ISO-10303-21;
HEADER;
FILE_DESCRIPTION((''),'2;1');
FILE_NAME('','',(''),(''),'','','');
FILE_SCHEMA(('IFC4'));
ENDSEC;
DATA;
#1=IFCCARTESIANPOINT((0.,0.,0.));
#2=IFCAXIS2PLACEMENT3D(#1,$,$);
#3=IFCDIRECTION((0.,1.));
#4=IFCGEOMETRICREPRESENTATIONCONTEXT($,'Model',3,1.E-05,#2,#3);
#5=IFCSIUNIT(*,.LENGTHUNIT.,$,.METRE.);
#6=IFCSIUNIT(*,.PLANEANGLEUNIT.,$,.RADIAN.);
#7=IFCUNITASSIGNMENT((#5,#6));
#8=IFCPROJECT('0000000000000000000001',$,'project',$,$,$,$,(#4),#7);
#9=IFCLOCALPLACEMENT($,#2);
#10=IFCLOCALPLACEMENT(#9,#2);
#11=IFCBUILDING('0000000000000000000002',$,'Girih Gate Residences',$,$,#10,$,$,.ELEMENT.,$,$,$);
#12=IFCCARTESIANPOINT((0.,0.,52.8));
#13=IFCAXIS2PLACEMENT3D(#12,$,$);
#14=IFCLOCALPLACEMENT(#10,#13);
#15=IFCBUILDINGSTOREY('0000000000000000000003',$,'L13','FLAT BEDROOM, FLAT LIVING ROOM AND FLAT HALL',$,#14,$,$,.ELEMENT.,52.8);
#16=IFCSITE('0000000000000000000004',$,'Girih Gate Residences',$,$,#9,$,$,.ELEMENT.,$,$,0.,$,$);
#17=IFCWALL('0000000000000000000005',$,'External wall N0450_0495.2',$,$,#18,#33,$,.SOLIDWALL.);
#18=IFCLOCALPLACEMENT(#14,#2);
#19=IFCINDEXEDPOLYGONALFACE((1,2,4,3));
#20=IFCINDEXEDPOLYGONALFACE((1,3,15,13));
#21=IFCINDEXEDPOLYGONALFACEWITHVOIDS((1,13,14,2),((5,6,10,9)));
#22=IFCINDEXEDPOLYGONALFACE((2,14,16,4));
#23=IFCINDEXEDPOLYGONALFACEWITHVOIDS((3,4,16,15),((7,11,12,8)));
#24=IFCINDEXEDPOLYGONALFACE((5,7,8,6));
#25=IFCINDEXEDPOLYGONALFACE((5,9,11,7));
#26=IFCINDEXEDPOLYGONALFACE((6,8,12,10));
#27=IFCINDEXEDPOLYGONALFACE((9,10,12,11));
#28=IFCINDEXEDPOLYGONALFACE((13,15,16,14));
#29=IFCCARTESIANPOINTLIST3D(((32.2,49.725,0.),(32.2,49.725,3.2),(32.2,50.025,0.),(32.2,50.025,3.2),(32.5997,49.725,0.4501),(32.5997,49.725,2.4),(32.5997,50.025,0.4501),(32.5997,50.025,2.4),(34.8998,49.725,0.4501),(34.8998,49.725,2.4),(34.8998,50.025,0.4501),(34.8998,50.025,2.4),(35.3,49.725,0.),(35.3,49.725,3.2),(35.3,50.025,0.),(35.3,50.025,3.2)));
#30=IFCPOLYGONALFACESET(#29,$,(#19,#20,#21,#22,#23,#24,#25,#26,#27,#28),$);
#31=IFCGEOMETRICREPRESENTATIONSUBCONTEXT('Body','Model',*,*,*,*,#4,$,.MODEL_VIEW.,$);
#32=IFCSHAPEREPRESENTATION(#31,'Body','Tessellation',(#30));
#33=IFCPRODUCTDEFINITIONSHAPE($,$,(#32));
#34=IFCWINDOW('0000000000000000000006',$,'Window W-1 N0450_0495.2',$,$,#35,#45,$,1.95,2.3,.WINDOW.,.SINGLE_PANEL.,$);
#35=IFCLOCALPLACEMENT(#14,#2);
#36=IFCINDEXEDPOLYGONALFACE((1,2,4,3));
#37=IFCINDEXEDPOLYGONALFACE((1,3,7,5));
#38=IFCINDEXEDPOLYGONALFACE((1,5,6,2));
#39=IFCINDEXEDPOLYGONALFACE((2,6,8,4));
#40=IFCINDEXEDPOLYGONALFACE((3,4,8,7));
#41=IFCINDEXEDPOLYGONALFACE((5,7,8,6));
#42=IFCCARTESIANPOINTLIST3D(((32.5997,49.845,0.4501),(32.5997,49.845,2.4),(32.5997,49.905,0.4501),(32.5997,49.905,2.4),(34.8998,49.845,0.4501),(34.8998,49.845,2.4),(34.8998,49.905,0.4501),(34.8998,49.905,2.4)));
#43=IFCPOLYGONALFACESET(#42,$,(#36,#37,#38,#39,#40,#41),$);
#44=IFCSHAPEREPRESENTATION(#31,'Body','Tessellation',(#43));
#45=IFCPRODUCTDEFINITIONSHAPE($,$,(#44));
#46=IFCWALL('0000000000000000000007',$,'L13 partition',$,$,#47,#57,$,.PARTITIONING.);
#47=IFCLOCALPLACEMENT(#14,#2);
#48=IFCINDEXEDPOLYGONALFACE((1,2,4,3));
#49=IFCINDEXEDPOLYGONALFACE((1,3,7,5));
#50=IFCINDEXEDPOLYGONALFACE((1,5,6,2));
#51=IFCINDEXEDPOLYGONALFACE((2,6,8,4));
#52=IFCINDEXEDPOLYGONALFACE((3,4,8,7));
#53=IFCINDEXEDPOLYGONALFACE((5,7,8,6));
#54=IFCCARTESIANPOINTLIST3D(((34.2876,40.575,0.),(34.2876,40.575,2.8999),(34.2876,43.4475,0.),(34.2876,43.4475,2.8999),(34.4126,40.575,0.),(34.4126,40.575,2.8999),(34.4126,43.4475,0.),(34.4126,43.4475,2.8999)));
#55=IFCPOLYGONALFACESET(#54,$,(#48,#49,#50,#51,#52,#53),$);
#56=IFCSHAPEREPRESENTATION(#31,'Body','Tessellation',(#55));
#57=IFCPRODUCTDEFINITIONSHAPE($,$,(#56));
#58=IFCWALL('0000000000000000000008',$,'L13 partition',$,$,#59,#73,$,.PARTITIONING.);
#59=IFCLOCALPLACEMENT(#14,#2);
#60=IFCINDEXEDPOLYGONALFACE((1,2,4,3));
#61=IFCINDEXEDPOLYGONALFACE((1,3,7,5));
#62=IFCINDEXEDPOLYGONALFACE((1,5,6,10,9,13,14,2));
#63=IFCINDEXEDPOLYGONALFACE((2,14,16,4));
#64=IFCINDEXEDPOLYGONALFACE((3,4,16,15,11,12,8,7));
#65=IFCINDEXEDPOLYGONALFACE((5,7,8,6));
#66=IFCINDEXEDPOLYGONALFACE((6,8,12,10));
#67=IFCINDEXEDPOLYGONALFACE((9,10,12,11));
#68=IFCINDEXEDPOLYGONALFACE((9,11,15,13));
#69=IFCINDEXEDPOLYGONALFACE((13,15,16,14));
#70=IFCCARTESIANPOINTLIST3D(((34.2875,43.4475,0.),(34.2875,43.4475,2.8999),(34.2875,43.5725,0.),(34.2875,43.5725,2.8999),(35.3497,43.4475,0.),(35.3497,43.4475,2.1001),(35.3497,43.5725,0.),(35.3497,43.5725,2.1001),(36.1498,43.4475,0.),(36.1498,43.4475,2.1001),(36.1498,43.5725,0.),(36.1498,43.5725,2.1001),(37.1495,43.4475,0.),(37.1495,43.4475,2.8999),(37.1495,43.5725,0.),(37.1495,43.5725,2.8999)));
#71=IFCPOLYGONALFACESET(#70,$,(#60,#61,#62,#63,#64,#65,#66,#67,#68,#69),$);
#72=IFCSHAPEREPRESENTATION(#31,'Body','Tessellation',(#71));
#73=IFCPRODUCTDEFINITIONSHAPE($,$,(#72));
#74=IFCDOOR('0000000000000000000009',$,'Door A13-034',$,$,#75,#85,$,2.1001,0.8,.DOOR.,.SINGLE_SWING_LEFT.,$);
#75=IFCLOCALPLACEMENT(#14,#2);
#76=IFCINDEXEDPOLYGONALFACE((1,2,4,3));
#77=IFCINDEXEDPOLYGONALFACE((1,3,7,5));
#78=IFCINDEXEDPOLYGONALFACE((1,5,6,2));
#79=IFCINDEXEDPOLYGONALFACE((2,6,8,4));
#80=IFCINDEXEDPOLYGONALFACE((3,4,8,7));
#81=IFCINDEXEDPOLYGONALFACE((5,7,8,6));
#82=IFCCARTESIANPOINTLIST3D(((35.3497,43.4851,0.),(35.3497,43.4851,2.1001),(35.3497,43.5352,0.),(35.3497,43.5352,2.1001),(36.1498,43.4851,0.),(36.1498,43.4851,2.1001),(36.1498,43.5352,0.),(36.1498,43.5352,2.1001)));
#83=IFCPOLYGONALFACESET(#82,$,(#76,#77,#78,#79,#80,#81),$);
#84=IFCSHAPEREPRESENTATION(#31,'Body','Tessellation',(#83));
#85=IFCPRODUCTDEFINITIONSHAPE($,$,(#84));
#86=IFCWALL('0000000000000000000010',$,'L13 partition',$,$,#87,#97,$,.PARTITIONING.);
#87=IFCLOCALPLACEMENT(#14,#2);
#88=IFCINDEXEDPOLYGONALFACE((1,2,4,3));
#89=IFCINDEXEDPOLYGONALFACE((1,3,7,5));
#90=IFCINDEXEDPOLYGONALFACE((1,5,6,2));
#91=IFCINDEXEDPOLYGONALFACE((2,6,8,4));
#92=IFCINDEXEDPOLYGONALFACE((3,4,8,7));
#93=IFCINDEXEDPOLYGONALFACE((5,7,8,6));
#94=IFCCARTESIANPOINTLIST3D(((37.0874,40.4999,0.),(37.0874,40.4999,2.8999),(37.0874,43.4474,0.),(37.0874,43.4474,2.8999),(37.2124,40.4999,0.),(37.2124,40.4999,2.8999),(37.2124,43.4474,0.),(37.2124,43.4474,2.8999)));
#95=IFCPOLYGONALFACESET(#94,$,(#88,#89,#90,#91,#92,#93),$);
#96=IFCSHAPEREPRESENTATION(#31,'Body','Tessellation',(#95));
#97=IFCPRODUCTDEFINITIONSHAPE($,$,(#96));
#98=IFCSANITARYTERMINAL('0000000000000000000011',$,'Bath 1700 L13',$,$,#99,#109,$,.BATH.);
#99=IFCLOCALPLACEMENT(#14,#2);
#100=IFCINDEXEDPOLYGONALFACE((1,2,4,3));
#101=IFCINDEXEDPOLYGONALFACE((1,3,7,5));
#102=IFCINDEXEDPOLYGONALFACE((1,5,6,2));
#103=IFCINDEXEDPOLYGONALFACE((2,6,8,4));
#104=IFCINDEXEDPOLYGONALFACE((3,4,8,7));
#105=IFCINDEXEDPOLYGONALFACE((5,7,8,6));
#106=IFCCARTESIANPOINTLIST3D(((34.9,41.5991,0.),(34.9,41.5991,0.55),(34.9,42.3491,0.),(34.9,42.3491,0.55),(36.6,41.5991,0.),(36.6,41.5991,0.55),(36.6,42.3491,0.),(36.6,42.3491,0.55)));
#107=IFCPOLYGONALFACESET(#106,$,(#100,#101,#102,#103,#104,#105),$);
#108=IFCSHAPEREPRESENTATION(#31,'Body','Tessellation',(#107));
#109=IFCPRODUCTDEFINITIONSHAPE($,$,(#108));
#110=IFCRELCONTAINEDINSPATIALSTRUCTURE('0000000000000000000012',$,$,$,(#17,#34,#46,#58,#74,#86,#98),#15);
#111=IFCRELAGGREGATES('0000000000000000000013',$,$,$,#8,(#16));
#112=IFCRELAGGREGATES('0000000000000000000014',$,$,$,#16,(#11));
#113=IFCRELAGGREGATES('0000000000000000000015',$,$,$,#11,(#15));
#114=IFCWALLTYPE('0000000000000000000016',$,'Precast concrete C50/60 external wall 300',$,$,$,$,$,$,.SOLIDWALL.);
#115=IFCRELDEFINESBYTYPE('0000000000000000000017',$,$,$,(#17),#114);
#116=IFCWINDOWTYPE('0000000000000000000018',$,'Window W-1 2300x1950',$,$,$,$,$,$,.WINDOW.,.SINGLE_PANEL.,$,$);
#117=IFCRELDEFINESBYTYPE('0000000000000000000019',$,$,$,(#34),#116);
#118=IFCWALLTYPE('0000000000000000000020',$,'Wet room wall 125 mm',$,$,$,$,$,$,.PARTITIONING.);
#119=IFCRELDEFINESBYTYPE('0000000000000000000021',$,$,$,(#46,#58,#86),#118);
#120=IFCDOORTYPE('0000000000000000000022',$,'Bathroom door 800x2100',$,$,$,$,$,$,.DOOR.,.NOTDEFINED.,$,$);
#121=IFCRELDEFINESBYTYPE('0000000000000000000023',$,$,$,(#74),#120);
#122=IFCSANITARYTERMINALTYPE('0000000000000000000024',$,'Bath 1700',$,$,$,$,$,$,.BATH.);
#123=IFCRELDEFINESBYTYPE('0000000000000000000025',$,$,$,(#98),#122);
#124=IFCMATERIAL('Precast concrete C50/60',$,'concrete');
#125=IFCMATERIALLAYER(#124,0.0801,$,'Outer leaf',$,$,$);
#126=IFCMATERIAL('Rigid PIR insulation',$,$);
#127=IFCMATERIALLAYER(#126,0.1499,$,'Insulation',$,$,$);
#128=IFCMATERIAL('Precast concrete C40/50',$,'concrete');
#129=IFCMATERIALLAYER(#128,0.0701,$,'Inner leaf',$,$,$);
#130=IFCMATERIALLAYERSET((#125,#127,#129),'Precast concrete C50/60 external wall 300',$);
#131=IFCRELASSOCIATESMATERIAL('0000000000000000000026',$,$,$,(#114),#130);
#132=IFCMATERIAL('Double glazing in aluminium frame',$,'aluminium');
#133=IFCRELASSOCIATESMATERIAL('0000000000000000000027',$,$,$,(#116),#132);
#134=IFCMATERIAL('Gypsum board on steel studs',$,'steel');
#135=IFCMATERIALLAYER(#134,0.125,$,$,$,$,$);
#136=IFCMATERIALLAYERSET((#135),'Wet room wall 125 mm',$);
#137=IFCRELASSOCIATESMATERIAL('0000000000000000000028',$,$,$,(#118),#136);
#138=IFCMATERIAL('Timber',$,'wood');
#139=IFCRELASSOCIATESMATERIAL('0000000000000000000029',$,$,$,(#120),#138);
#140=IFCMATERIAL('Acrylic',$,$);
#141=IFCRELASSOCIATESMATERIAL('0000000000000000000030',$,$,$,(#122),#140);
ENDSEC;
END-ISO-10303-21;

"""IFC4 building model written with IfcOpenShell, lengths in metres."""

from ifc_helpers import new_model, si_unit, direction, frame, frame_2d, origin, origin_2d, place, context, subcontext, project, spatial, rectangle, extrude, material, layer, layer_set, type_object, element, fill, save


model = new_model("IFC4")

# Units and contexts
model_context = context("Model", 3, precision=1e-05, world=origin(), true_north=direction((0.0, 1.0)))
body_context = subcontext(model_context, "Body", "Model", "MODEL_VIEW")
ifc_project = project(units=[si_unit("LENGTHUNIT", "METRE"), si_unit("PLANEANGLEUNIT", "RADIAN")], contexts=[model_context])

# Site, building, storey
site_placement = place(None, origin())
site = spatial("IfcSite", under=ifc_project, at=site_placement, Name="Girih Gate Residences", CompositionType="ELEMENT", RefElevation=0.0)
building_placement = place(site_placement, origin())
building = spatial("IfcBuilding", under=site, at=building_placement, Name="Girih Gate Residences", CompositionType="ELEMENT")
storey_placement = place(building_placement, frame((0.0, 0.0, 52.8)))
storey = spatial("IfcBuildingStorey", under=building, at=storey_placement, Name="L13", Description="FLAT BEDROOM, FLAT LIVING ROOM AND FLAT HALL", CompositionType="ELEMENT", Elevation=52.8)

# Shared definitions
ifc_material_1 = material(Name="Gypsum board on steel studs", Category="steel")
ifc_material_2 = material(Name="Timber", Category="wood")

# Wall, opening, window
ifc_material_3 = material(Name="Precast concrete C50/60", Category="concrete")
ifc_layer_1 = layer(ifc_material_3, 0.0801, Name="Outer leaf")
ifc_material_4 = material(Name="Rigid PIR insulation")
ifc_layer_2 = layer(ifc_material_4, 0.1499, Name="Insulation")
ifc_material_5 = material(Name="Precast concrete C40/50", Category="concrete")
ifc_layer_3 = layer(ifc_material_5, 0.0701, Name="Inner leaf")
ifc_layer_set_1 = layer_set([ifc_layer_1, ifc_layer_2, ifc_layer_3], Name="Precast concrete C50/60 external wall 300")
wall_type_1 = type_object("IfcWallType", Name="Precast concrete C50/60 external wall 300", PredefinedType="SOLIDWALL", material=ifc_layer_set_1)
ifc_material_6 = material(Name="Double glazing in aluminium frame", Category="aluminium")
window_type = type_object("IfcWindowType", Name="Window W-1 2300x1950", PartitioningType="SINGLE_PANEL", PredefinedType="WINDOW", material=ifc_material_6)
wall_1_placement = place(storey_placement, frame((32.2, 49.875, 0.0), z_axis=(0.0, 0.0, 1.0), x_axis=(1.0, 0.0, 0.0)))
wall_1 = element("IfcWall", 1, at=wall_1_placement, inside=storey, type_object=wall_type_1, Name="External wall N0450_0495.2", PredefinedType="SOLIDWALL", context=body_context, shape_type="SweptSolid", body=[
    extrude(rectangle(XDim=3.1001, YDim=0.3, at=frame_2d((1.55, 0.0))), origin(), (0.0, 0.0, 1.0), 3.2),
])
opening_1_placement = place(wall_1_placement, frame((0.3999, 0.0, 0.45)))
opening_1 = element("IfcOpeningElement", 2, at=opening_1_placement, cuts=wall_1, PredefinedType="OPENING", context=body_context, shape_type="SweptSolid", body=[
    extrude(rectangle(XDim=2.3, YDim=1.95, at=frame_2d((1.1499, 0.9751))), frame((0.0, 0.1599, 0.0), z_axis=(0.0, -1.0, 0.0), x_axis=(1.0, 0.0, 0.0)), (0.0, 0.0, 1.0), 0.3201),
])
window_1_placement = place(opening_1_placement, origin())
window_1 = element("IfcWindow", 3, at=window_1_placement, inside=storey, type_object=window_type, Name="Window W-1 N0450_0495.2", OverallHeight=1.95, OverallWidth=2.3, PartitioningType="SINGLE_PANEL", PredefinedType="WINDOW", context=body_context, shape_type="SweptSolid", body=[
    extrude(rectangle(XDim=2.3, YDim=1.95, at=frame_2d((1.1499, 0.9751))), frame((0.0, 0.03, 0.0), z_axis=(0.0, -1.0, 0.0), x_axis=(1.0, 0.0, 0.0)), (0.0, 0.0, 1.0), 0.0601),
])
fill(opening_1, window_1)

# Wall
ifc_layer_4 = layer(ifc_material_1, 0.125)
ifc_layer_set_2 = layer_set([ifc_layer_4], Name="Wet room wall 125 mm")
wall_type_2 = type_object("IfcWallType", Name="Wet room wall 125 mm", PredefinedType="PARTITIONING", material=ifc_layer_set_2)
wall_2_placement = place(storey_placement, frame((34.3501, 40.575, 0.0), z_axis=(0.0, 0.0, 1.0), x_axis=(0.0, 1.0, 0.0)))
element("IfcWall", 4, at=wall_2_placement, inside=storey, type_object=wall_type_2, Name="L13 partition", PredefinedType="PARTITIONING", context=body_context, shape_type="SweptSolid", body=[
    extrude(rectangle(XDim=2.8726, YDim=0.125, at=frame_2d((1.4363, 0.0))), origin(), (0.0, 0.0, 1.0), 2.8999),
])

# Wall, opening, door
wall_3_placement = place(storey_placement, frame((37.1497, 43.51, 0.0), z_axis=(0.0, 0.0, 1.0), x_axis=(-1.0, 0.0, 0.0)))
wall_3 = element("IfcWall", 5, at=wall_3_placement, inside=storey, type_object=wall_type_2, Name="L13 partition", PredefinedType="PARTITIONING", context=body_context, shape_type="SweptSolid", body=[
    extrude(rectangle(XDim=2.8621, YDim=0.125, at=frame_2d((1.4312, 0.0))), origin(), (0.0, 0.0, 1.0), 2.8999),
])
opening_2_placement = place(wall_3_placement, frame((1.0, 0.0, 0.0)))
opening_2 = element("IfcOpeningElement", 6, at=opening_2_placement, cuts=wall_3, PredefinedType="OPENING", context=body_context, shape_type="SweptSolid", body=[
    extrude(rectangle(XDim=0.8, YDim=2.1001, at=frame_2d((0.3999, 1.05))), frame((0.0, 0.0725, 0.0), z_axis=(0.0, -1.0, 0.0), x_axis=(1.0, 0.0, 0.0)), (0.0, 0.0, 1.0), 0.145),
])
door_type_1 = type_object("IfcDoorType", Name="Bathroom door 800x2100", OperationType="NOTDEFINED", PredefinedType="DOOR", material=ifc_material_2)
door_1_placement = place(opening_2_placement, origin())
door_1 = element("IfcDoor", 7, at=door_1_placement, inside=storey, type_object=door_type_1, Name="Door A13-034", OperationType="SINGLE_SWING_LEFT", OverallHeight=2.1001, OverallWidth=0.8, PredefinedType="DOOR", context=body_context, shape_type="SweptSolid", body=[
    extrude(rectangle(XDim=0.8, YDim=2.1001, at=frame_2d((0.3999, 1.05))), frame((0.0, 0.0249, 0.0), z_axis=(0.0, -1.0, 0.0), x_axis=(1.0, 0.0, 0.0)), (0.0, 0.0, 1.0), 0.05),
])
fill(opening_2, door_1)

# Wall
wall_4_placement = place(storey_placement, frame((37.1499, 40.5, 0.0), z_axis=(0.0, 0.0, 1.0), x_axis=(0.0, 1.0, 0.0)))
element("IfcWall", 8, at=wall_4_placement, inside=storey, type_object=wall_type_2, Name="L13 partition", PredefinedType="PARTITIONING", context=body_context, shape_type="SweptSolid", body=[
    extrude(rectangle(XDim=2.9475, YDim=0.125, at=frame_2d((1.4736, 0.0))), origin(), (0.0, 0.0, 1.0), 2.8999),
])

# Sanitary terminal
ifc_material_7 = material(Name="Acrylic")
sanitary_terminal_type = type_object("IfcSanitaryTerminalType", Name="Bath 1700", PredefinedType="BATH", material=ifc_material_7)
sanitary_terminal_placement = place(storey_placement, frame((35.75, 41.9741, 0.0), z_axis=(0.0, 0.0, 1.0), x_axis=(1.0, 0.0, 0.0)))
element("IfcSanitaryTerminal", 9, at=sanitary_terminal_placement, inside=storey, type_object=sanitary_terminal_type, Name="Bath 1700 L13", PredefinedType="BATH", context=body_context, shape_type="SweptSolid", body=[
    extrude(rectangle(XDim=1.7, YDim=0.75, at=origin_2d()), origin(), (0.0, 0.0, 1.0), 0.55),
])

save(model, "model.ifc")
